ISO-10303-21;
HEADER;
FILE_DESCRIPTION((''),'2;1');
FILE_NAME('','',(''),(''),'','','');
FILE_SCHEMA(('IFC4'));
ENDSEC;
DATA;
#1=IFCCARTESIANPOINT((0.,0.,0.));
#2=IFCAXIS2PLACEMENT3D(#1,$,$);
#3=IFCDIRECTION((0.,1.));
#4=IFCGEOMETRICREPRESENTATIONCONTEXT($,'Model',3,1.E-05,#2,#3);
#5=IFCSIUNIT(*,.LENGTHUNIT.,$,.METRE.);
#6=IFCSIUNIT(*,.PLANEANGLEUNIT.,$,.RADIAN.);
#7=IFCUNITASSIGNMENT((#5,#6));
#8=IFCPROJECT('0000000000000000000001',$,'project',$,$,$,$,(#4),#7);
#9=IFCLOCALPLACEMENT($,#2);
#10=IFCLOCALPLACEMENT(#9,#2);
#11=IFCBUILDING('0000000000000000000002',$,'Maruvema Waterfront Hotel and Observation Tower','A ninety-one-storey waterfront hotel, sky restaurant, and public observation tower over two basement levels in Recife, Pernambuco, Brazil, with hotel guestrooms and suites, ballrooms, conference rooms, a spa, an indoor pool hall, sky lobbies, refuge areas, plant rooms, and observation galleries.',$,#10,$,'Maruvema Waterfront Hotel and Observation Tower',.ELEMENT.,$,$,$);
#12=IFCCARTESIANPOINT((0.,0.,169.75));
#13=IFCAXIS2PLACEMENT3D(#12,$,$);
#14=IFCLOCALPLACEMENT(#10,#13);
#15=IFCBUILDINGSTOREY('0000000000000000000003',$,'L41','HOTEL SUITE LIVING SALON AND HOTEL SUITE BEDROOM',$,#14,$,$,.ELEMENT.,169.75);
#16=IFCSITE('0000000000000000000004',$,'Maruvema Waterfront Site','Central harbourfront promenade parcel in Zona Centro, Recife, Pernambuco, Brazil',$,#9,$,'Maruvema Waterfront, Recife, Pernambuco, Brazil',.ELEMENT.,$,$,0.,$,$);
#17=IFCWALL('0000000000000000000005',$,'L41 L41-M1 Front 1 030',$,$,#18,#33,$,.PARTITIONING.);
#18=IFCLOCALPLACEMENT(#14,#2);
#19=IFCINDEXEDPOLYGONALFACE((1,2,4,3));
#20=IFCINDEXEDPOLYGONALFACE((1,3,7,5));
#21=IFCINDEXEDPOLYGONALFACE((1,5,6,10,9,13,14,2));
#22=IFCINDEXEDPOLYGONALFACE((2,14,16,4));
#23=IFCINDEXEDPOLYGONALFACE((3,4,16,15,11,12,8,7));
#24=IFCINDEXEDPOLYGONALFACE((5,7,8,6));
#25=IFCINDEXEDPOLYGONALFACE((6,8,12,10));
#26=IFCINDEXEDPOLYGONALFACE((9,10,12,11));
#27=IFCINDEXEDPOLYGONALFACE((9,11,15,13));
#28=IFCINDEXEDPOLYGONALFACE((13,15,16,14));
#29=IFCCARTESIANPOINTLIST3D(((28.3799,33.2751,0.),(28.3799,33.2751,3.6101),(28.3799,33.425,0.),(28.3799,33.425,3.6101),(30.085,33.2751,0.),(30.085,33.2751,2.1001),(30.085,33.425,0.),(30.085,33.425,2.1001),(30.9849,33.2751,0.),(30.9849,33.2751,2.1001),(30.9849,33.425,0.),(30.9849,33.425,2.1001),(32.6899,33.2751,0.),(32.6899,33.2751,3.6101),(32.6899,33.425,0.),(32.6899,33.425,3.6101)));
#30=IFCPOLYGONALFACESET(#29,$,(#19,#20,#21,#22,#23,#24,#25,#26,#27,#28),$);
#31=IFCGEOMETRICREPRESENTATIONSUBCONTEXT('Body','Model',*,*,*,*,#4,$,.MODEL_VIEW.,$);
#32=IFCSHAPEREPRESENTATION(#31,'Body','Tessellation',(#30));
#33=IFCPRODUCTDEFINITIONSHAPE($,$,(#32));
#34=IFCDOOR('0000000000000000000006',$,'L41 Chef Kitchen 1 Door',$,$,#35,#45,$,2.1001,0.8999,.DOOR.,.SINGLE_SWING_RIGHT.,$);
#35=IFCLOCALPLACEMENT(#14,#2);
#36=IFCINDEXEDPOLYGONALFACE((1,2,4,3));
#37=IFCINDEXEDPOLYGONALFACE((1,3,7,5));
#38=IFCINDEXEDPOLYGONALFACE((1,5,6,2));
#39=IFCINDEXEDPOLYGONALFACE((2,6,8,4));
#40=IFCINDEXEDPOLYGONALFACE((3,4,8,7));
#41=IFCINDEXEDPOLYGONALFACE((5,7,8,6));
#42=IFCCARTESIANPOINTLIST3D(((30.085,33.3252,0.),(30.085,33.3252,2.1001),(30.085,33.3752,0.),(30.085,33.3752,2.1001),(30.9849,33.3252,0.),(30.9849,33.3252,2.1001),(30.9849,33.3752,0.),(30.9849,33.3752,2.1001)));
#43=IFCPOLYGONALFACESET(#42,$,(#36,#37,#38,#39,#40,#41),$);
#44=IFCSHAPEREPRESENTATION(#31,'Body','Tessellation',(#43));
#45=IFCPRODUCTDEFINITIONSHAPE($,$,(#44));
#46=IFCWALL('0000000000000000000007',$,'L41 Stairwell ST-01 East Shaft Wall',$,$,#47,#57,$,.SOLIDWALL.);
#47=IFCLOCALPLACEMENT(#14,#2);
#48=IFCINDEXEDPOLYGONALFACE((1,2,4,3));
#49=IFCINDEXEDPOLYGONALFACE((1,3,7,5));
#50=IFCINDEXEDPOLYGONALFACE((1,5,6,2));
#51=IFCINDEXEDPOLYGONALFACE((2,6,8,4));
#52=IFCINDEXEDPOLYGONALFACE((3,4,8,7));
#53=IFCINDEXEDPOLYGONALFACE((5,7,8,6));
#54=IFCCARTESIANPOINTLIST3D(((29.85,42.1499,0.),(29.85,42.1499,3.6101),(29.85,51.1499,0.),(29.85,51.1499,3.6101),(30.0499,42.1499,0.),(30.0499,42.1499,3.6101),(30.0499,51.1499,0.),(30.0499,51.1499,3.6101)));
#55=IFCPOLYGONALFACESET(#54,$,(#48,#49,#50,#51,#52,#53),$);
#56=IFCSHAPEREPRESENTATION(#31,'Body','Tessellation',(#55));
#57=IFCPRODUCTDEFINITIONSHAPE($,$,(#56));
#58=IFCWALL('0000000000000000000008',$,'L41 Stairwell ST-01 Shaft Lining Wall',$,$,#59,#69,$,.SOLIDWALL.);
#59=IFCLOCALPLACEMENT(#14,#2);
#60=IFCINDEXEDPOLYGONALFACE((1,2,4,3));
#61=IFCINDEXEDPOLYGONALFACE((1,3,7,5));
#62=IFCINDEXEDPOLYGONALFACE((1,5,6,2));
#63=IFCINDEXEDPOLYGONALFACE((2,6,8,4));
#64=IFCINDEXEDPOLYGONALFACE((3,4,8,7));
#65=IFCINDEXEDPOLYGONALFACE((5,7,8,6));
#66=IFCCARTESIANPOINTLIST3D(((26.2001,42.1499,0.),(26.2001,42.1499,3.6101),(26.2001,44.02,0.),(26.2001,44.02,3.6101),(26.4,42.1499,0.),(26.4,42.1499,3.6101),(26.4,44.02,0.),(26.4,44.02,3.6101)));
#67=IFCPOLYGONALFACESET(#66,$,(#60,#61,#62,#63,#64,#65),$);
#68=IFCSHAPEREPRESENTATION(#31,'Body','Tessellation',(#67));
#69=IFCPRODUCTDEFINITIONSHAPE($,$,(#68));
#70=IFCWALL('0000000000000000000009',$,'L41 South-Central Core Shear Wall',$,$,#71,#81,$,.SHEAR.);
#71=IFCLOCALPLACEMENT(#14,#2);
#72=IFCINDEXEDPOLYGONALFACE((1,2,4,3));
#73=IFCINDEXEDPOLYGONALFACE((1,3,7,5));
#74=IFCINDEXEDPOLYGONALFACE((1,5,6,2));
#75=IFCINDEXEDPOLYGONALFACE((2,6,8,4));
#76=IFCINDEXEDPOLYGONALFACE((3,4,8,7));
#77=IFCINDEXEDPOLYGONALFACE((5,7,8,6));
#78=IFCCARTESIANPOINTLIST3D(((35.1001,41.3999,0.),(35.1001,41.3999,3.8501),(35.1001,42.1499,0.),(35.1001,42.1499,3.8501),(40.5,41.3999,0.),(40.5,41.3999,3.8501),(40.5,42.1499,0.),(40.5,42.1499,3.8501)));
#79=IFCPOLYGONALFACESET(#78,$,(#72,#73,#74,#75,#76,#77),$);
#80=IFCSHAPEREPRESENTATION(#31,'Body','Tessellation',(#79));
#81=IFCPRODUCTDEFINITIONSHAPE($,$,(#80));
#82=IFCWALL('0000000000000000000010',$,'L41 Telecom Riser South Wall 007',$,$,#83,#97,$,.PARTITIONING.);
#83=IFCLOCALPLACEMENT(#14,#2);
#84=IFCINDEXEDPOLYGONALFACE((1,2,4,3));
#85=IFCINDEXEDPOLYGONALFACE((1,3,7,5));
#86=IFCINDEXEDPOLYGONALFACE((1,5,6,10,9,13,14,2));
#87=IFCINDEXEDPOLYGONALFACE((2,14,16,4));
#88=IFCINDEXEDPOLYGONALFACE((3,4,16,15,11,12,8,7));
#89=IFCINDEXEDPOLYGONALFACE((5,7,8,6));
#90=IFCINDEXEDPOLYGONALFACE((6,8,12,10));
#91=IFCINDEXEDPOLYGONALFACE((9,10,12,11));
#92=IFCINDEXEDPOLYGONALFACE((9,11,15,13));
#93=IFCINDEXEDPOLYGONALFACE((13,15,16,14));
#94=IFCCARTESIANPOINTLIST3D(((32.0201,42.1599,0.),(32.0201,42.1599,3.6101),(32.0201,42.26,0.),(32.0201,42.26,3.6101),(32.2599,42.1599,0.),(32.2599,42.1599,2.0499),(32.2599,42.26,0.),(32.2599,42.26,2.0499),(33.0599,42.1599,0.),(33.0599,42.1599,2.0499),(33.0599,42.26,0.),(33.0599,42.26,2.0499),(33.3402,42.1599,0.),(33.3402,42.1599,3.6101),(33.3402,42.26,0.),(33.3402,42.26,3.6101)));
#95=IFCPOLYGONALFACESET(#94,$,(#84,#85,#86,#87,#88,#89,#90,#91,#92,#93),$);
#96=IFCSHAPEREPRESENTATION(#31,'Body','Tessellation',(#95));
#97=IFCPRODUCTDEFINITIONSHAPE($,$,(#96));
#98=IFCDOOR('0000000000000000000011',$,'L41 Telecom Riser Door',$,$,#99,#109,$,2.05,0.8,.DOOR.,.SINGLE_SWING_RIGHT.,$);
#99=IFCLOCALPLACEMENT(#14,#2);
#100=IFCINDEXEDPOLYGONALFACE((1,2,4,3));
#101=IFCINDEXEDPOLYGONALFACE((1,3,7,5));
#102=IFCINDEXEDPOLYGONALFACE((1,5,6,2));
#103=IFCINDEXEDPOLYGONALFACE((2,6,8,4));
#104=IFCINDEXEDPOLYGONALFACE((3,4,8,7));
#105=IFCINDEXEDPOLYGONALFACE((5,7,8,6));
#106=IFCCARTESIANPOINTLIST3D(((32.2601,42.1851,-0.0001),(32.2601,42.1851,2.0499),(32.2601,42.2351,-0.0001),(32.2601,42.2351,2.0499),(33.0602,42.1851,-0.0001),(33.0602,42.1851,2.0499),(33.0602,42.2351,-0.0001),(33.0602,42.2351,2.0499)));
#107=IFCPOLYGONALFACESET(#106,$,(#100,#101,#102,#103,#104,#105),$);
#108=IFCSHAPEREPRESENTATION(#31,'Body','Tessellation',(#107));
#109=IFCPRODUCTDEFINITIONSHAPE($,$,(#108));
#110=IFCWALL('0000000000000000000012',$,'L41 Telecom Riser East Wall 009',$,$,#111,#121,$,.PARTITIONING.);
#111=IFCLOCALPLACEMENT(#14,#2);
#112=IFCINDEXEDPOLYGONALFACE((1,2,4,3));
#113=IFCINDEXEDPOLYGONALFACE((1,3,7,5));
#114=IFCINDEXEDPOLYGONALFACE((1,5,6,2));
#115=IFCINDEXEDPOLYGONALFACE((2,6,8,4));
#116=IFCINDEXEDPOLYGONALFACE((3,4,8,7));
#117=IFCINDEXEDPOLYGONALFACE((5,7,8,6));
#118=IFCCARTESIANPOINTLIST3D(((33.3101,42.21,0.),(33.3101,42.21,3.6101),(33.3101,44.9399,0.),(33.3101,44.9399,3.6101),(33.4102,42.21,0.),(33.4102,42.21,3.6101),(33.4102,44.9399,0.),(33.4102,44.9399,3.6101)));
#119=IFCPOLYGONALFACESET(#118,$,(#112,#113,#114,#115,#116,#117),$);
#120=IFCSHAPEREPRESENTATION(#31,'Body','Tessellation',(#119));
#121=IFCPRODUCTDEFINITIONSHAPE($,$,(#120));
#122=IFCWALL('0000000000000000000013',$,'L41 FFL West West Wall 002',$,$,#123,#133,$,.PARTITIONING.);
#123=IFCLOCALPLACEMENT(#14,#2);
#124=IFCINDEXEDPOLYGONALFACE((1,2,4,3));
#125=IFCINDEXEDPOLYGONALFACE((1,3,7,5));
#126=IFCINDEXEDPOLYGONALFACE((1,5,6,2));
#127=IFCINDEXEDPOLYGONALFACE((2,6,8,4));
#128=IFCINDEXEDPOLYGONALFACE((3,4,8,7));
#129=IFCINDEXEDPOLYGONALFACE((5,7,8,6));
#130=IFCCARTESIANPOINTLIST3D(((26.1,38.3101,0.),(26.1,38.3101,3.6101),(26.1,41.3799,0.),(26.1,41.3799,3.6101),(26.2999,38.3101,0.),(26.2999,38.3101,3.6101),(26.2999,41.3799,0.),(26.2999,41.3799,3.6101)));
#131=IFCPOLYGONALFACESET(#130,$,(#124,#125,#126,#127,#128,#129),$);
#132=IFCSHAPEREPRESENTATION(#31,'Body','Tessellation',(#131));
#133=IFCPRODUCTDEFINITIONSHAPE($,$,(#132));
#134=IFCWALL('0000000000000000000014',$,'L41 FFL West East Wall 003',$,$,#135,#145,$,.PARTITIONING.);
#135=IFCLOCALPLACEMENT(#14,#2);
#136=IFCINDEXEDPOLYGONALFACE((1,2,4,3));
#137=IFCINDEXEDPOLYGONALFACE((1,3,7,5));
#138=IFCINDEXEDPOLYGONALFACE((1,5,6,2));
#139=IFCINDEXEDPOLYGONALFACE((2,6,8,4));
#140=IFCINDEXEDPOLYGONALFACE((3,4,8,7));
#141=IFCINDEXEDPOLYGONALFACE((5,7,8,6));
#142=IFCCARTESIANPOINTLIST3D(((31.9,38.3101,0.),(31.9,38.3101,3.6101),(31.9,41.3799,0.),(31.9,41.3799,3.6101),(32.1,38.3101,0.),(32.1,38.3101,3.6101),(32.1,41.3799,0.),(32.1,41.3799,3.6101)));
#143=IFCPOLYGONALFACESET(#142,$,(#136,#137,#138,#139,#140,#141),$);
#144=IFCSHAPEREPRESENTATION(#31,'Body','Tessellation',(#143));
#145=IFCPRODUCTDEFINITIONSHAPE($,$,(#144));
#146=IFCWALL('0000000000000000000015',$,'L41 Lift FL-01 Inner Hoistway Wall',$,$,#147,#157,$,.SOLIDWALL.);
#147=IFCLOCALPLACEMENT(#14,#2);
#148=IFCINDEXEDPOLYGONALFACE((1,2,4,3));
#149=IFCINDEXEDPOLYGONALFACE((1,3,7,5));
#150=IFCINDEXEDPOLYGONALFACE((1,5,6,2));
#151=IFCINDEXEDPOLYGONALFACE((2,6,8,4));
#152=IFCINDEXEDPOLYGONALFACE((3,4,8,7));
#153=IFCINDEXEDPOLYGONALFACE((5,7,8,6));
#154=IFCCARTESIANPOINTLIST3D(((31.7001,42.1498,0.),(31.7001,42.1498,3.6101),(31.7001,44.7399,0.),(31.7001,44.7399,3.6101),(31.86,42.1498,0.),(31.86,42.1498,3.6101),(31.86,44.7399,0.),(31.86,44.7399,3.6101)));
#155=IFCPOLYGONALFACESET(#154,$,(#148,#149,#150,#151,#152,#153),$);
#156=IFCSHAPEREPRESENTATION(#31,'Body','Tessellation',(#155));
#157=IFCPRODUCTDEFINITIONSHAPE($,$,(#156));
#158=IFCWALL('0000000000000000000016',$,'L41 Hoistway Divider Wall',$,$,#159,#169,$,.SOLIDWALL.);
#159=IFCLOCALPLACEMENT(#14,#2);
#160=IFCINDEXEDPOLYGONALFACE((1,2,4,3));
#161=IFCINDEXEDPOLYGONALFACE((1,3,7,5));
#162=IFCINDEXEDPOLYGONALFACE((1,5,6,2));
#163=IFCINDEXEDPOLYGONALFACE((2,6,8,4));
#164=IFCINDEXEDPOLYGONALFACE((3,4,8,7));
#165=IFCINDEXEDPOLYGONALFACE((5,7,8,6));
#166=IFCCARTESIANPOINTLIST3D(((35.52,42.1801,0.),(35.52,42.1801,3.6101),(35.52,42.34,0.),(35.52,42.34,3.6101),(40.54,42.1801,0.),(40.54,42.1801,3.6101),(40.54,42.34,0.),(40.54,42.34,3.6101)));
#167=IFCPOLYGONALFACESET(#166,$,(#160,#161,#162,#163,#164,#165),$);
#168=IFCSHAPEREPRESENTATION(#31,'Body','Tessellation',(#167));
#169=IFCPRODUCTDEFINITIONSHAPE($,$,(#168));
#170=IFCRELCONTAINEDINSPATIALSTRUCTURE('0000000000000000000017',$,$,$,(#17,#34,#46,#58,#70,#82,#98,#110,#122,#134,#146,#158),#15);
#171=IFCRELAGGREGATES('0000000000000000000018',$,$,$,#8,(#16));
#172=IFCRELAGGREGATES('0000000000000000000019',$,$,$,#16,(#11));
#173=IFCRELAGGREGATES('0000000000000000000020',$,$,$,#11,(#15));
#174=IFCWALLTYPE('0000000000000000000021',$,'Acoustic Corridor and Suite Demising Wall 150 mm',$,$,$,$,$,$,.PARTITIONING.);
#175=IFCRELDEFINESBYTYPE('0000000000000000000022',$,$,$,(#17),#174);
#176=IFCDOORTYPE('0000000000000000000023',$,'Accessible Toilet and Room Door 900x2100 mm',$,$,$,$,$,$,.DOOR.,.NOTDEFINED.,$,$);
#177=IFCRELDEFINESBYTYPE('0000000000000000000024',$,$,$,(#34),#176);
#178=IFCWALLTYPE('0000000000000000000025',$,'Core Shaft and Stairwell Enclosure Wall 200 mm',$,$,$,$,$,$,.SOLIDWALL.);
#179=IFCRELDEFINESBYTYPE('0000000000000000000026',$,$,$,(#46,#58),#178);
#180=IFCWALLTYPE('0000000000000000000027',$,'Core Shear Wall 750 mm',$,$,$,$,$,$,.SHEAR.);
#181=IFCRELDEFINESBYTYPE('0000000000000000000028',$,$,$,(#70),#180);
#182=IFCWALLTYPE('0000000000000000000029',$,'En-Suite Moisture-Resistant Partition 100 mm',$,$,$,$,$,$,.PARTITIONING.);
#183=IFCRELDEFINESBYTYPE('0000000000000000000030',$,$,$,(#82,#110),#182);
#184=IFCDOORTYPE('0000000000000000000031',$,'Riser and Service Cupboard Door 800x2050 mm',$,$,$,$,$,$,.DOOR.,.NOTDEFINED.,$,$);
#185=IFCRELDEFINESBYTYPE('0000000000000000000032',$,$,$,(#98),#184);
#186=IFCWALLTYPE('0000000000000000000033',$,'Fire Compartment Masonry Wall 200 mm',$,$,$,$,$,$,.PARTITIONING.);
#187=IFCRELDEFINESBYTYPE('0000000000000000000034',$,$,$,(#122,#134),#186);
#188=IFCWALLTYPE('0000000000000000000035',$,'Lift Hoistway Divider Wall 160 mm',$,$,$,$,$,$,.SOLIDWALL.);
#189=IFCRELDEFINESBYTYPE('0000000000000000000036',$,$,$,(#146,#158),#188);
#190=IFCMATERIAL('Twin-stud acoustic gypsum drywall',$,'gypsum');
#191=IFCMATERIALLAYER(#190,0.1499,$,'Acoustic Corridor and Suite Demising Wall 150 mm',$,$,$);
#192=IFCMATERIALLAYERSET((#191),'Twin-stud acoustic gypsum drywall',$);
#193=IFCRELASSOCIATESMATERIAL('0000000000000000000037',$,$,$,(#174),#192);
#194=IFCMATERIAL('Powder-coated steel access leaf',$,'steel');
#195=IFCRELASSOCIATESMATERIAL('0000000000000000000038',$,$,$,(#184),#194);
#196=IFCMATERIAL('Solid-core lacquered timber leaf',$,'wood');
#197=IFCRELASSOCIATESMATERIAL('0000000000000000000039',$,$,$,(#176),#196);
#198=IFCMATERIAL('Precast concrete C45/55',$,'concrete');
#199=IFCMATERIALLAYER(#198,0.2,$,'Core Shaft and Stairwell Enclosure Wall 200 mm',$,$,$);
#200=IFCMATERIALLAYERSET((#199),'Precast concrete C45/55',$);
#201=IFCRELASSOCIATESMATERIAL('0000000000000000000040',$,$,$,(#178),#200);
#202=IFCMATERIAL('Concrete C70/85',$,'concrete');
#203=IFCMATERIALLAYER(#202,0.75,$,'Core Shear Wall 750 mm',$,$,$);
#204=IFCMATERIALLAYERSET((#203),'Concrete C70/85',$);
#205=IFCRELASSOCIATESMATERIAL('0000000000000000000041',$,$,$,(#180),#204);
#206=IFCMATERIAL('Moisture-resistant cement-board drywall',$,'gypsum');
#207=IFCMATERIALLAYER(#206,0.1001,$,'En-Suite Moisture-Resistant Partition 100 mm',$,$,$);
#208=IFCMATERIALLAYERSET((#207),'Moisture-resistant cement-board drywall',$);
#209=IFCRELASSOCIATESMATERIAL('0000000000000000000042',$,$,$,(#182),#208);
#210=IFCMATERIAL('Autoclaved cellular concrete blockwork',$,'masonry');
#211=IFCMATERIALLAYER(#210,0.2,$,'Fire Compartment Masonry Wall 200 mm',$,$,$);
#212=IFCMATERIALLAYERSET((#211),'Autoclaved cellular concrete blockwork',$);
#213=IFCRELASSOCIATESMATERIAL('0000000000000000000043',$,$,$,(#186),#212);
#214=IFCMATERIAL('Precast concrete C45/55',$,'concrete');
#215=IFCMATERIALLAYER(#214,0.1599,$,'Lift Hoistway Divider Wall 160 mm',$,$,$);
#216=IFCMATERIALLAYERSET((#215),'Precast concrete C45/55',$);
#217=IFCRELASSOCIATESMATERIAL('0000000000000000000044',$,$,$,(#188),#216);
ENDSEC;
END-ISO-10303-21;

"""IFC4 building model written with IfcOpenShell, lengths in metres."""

from ifc_helpers import new_model, si_unit, direction, frame, frame_2d, origin, place, context, subcontext, project, spatial, rectangle, extrude, material, layer, layer_set, type_object, element, fill, save


model = new_model("IFC4")

# Units and contexts
model_context = context("Model", 3, precision=1e-05, world=origin(), true_north=direction((0.0, 1.0)))
body_context = subcontext(model_context, "Body", "Model", "MODEL_VIEW")
ifc_project = project(units=[si_unit("LENGTHUNIT", "METRE"), si_unit("PLANEANGLEUNIT", "RADIAN")], contexts=[model_context])

# Site, building, storey
site_placement = place(None, origin())
site = spatial("IfcSite", under=ifc_project, at=site_placement, Name="Maruvema Waterfront Site", Description="Central harbourfront promenade parcel in Zona Centro, Recife, Pernambuco, Brazil", LongName="Maruvema Waterfront, Recife, Pernambuco, Brazil", CompositionType="ELEMENT", RefElevation=0.0)
building_placement = place(site_placement, origin())
building = spatial("IfcBuilding", under=site, at=building_placement, Name="Maruvema Waterfront Hotel and Observation Tower", Description="A ninety-one-storey waterfront hotel, sky restaurant, and public observation tower over two basement levels in Recife, Pernambuco, Brazil, with hotel guestrooms and suites, ballrooms, conference rooms, a spa, an indoor pool hall, sky lobbies, refuge areas, plant rooms, and observation galleries.", LongName="Maruvema Waterfront Hotel and Observation Tower", CompositionType="ELEMENT")
storey_placement = place(building_placement, frame((0.0, 0.0, 169.75)))
storey = spatial("IfcBuildingStorey", under=building, at=storey_placement, Name="L41", Description="HOTEL SUITE LIVING SALON AND HOTEL SUITE BEDROOM", CompositionType="ELEMENT", Elevation=169.75)

# Shared definitions
ifc_material_1 = material(Name="Twin-stud acoustic gypsum drywall", Category="gypsum")
ifc_layer_1 = layer(ifc_material_1, 0.1499, Name="Acoustic Corridor and Suite Demising Wall 150 mm")
ifc_layer_set_1 = layer_set([ifc_layer_1], Name="Twin-stud acoustic gypsum drywall")
wall_type_1 = type_object("IfcWallType", Name="Acoustic Corridor and Suite Demising Wall 150 mm", PredefinedType="PARTITIONING", material=ifc_layer_set_1)
ifc_material_2 = material(Name="Powder-coated steel access leaf", Category="steel")
door_type_1 = type_object("IfcDoorType", Name="Riser and Service Cupboard Door 800x2050 mm", OperationType="NOTDEFINED", PredefinedType="DOOR", material=ifc_material_2)

# Wall, opening, door
wall_1_placement = place(storey_placement, frame((28.3799, 33.3501, 0.0), z_axis=(0.0, 0.0, 1.0), x_axis=(1.0, 0.0, 0.0)))
wall_1 = element("IfcWall", 1, at=wall_1_placement, inside=storey, type_object=wall_type_1, Name="L41 L41-M1 Front 1 030", PredefinedType="PARTITIONING", context=body_context, shape_type="SweptSolid", body=[
    extrude(rectangle(XDim=4.3101, YDim=0.1499, at=frame_2d((2.155, 0.0))), origin(), (0.0, 0.0, 1.0), 3.6101),
])
opening_1_placement = place(wall_1_placement, frame((1.7051, 0.0, 0.0)))
opening_1 = element("IfcOpeningElement", 2, at=opening_1_placement, cuts=wall_1, PredefinedType="OPENING", context=body_context, shape_type="SweptSolid", body=[
    extrude(rectangle(XDim=0.8999, YDim=2.1001, at=frame_2d((0.45, 1.05))), frame((0.0, 0.085, 0.0), z_axis=(0.0, -1.0, 0.0), x_axis=(1.0, 0.0, 0.0)), (0.0, 0.0, 1.0), 0.1699),
])
ifc_material_3 = material(Name="Solid-core lacquered timber leaf", Category="wood")
door_type_2 = type_object("IfcDoorType", Name="Accessible Toilet and Room Door 900x2100 mm", OperationType="NOTDEFINED", PredefinedType="DOOR", material=ifc_material_3)
door_1_placement = place(opening_1_placement, frame((0.8999, 0.0, 0.0), z_axis=(0.0, 0.0, 1.0), x_axis=(-1.0, 0.0, 0.0)))
door_1 = element("IfcDoor", 3, at=door_1_placement, inside=storey, type_object=door_type_2, Name="L41 Chef Kitchen 1 Door", OperationType="SINGLE_SWING_RIGHT", OverallHeight=2.1001, OverallWidth=0.8999, PredefinedType="DOOR", context=body_context, shape_type="SweptSolid", body=[
    extrude(rectangle(XDim=0.8999, YDim=2.1001, at=frame_2d((0.45, 1.05))), frame((0.0, 0.0249, 0.0), z_axis=(0.0, -1.0, 0.0), x_axis=(1.0, 0.0, 0.0)), (0.0, 0.0, 1.0), 0.05),
])
fill(opening_1, door_1)

# Walls
ifc_material_4 = material(Name="Precast concrete C45/55", Category="concrete")
ifc_layer_2 = layer(ifc_material_4, 0.2, Name="Core Shaft and Stairwell Enclosure Wall 200 mm")
ifc_layer_set_2 = layer_set([ifc_layer_2], Name="Precast concrete C45/55")
wall_type_2 = type_object("IfcWallType", Name="Core Shaft and Stairwell Enclosure Wall 200 mm", PredefinedType="SOLIDWALL", material=ifc_layer_set_2)
wall_2_placement = place(storey_placement, frame((29.95, 42.1499, 0.0), z_axis=(0.0, 0.0, 1.0), x_axis=(0.0, 1.0, 0.0)))
element("IfcWall", 4, at=wall_2_placement, inside=storey, type_object=wall_type_2, Name="L41 Stairwell ST-01 East Shaft Wall", PredefinedType="SOLIDWALL", context=body_context, shape_type="SweptSolid", body=[
    extrude(rectangle(XDim=9.0, YDim=0.2, at=frame_2d((4.5, 0.0))), origin(), (0.0, 0.0, 1.0), 3.6101),
])
wall_3_placement = place(storey_placement, frame((26.3, 42.1499, 0.0), z_axis=(0.0, 0.0, 1.0), x_axis=(0.0, 1.0, 0.0)))
element("IfcWall", 5, at=wall_3_placement, inside=storey, type_object=wall_type_2, Name="L41 Stairwell ST-01 Shaft Lining Wall", PredefinedType="SOLIDWALL", context=body_context, shape_type="SweptSolid", body=[
    extrude(rectangle(XDim=1.8701, YDim=0.2, at=frame_2d((0.9351, 0.0))), origin(), (0.0, 0.0, 1.0), 3.6101),
])
ifc_material_5 = material(Name="Concrete C70/85", Category="concrete")
ifc_layer_3 = layer(ifc_material_5, 0.75, Name="Core Shear Wall 750 mm")
ifc_layer_set_3 = layer_set([ifc_layer_3], Name="Concrete C70/85")
wall_type_3 = type_object("IfcWallType", Name="Core Shear Wall 750 mm", PredefinedType="SHEAR", material=ifc_layer_set_3)
wall_4_placement = place(storey_placement, frame((35.1001, 41.7749, 0.0), z_axis=(0.0, 0.0, 1.0), x_axis=(1.0, 0.0, 0.0)))
element("IfcWall", 6, at=wall_4_placement, inside=storey, type_object=wall_type_3, Name="L41 South-Central Core Shear Wall", PredefinedType="SHEAR", context=body_context, shape_type="SweptSolid", body=[
    extrude(rectangle(XDim=5.3999, YDim=0.75, at=frame_2d((2.7, 0.0))), origin(), (0.0, 0.0, 1.0), 3.8501),
])

# Wall, opening, door
ifc_material_6 = material(Name="Moisture-resistant cement-board drywall", Category="gypsum")
ifc_layer_4 = layer(ifc_material_6, 0.1001, Name="En-Suite Moisture-Resistant Partition 100 mm")
ifc_layer_set_4 = layer_set([ifc_layer_4], Name="Moisture-resistant cement-board drywall")
wall_type_4 = type_object("IfcWallType", Name="En-Suite Moisture-Resistant Partition 100 mm", PredefinedType="PARTITIONING", material=ifc_layer_set_4)
wall_5_placement = place(storey_placement, frame((32.02, 42.21, 0.0), z_axis=(0.0, 0.0, 1.0), x_axis=(1.0, 0.0, 0.0)))
wall_5 = element("IfcWall", 7, at=wall_5_placement, inside=storey, type_object=wall_type_4, Name="L41 Telecom Riser South Wall 007", PredefinedType="PARTITIONING", context=body_context, shape_type="SweptSolid", body=[
    extrude(rectangle(XDim=1.3201, YDim=0.1001, at=frame_2d((0.6602, 0.0))), origin(), (0.0, 0.0, 1.0), 3.6101),
])
opening_2_placement = place(wall_5_placement, frame((0.24, 0.0, 0.0)))
opening_2 = element("IfcOpeningElement", 8, at=opening_2_placement, cuts=wall_5, PredefinedType="OPENING", context=body_context, shape_type="SweptSolid", body=[
    extrude(rectangle(XDim=0.8, YDim=2.05, at=frame_2d((0.3999, 1.0249))), frame((0.0, 0.0601, 0.0), z_axis=(0.0, -1.0, 0.0), x_axis=(1.0, 0.0, 0.0)), (0.0, 0.0, 1.0), 0.1201),
])
door_2_placement = place(opening_2_placement, frame((0.8, 0.0, 0.0), z_axis=(0.0, 0.0, 1.0), x_axis=(-1.0, 0.0, 0.0)))
door_2 = element("IfcDoor", 9, at=door_2_placement, inside=storey, type_object=door_type_1, Name="L41 Telecom Riser Door", OperationType="SINGLE_SWING_RIGHT", OverallHeight=2.05, OverallWidth=0.8, PredefinedType="DOOR", context=body_context, shape_type="SweptSolid", body=[
    extrude(rectangle(XDim=0.8, YDim=2.05, at=frame_2d((0.3999, 1.0249))), frame((0.0, 0.0249, 0.0), z_axis=(0.0, -1.0, 0.0), x_axis=(1.0, 0.0, 0.0)), (0.0, 0.0, 1.0), 0.05),
])
fill(opening_2, door_2)

# Wall
wall_6_placement = place(storey_placement, frame((33.3601, 42.21, 0.0), z_axis=(0.0, 0.0, 1.0), x_axis=(0.0, 1.0, 0.0)))
element("IfcWall", 10, at=wall_6_placement, inside=storey, type_object=wall_type_4, Name="L41 Telecom Riser East Wall 009", PredefinedType="PARTITIONING", context=body_context, shape_type="SweptSolid", body=[
    extrude(rectangle(XDim=2.73, YDim=0.1001, at=frame_2d((1.365, 0.0))), origin(), (0.0, 0.0, 1.0), 3.6101),
])

# Shared definitions
ifc_material_7 = material(Name="Autoclaved cellular concrete blockwork", Category="masonry")
ifc_layer_5 = layer(ifc_material_7, 0.2, Name="Fire Compartment Masonry Wall 200 mm")
ifc_layer_set_5 = layer_set([ifc_layer_5], Name="Autoclaved cellular concrete blockwork")
wall_type_5 = type_object("IfcWallType", Name="Fire Compartment Masonry Wall 200 mm", PredefinedType="PARTITIONING", material=ifc_layer_set_5)

# Walls
for number, where, z_axis, x_axis, name in (
    (11, (26.2, 38.3101, 0.0), (0.0, 0.0, 1.0), (0.0, 1.0, 0.0), "L41 FFL West West Wall 002"),
    (12, (32.0, 38.3101, 0.0), (0.0, 0.0, 1.0), (0.0, 1.0, 0.0), "L41 FFL West East Wall 003"),
):
    element("IfcWall", number, at=place(storey_placement, frame(where, z_axis=z_axis, x_axis=x_axis)), inside=storey, type_object=wall_type_5, Name=name, PredefinedType="PARTITIONING", context=body_context, shape_type="SweptSolid", body=[
        extrude(rectangle(XDim=3.0698, YDim=0.2, at=frame_2d((1.5349, 0.0))), origin(), (0.0, 0.0, 1.0), 3.6101),
    ])
ifc_material_8 = material(Name="Precast concrete C45/55", Category="concrete")
ifc_layer_6 = layer(ifc_material_8, 0.1599, Name="Lift Hoistway Divider Wall 160 mm")
ifc_layer_set_6 = layer_set([ifc_layer_6], Name="Precast concrete C45/55")
wall_type_6 = type_object("IfcWallType", Name="Lift Hoistway Divider Wall 160 mm", PredefinedType="SOLIDWALL", material=ifc_layer_set_6)
wall_7_placement = place(storey_placement, frame((31.78, 42.1499, 0.0), z_axis=(0.0, 0.0, 1.0), x_axis=(0.0, 1.0, 0.0)))
element("IfcWall", 13, at=wall_7_placement, inside=storey, type_object=wall_type_6, Name="L41 Lift FL-01 Inner Hoistway Wall", PredefinedType="SOLIDWALL", context=body_context, shape_type="SweptSolid", body=[
    extrude(rectangle(XDim=2.5901, YDim=0.1599, at=frame_2d((1.2949, 0.0))), origin(), (0.0, 0.0, 1.0), 3.6101),
])
wall_8_placement = place(storey_placement, frame((35.52, 42.26, 0.0), z_axis=(0.0, 0.0, 1.0), x_axis=(1.0, 0.0, 0.0)))
element("IfcWall", 14, at=wall_8_placement, inside=storey, type_object=wall_type_6, Name="L41 Hoistway Divider Wall", PredefinedType="SOLIDWALL", context=body_context, shape_type="SweptSolid", body=[
    extrude(rectangle(XDim=5.02, YDim=0.1599, at=frame_2d((2.51, 0.0))), origin(), (0.0, 0.0, 1.0), 3.6101),
])

save(model, "model.ifc")
